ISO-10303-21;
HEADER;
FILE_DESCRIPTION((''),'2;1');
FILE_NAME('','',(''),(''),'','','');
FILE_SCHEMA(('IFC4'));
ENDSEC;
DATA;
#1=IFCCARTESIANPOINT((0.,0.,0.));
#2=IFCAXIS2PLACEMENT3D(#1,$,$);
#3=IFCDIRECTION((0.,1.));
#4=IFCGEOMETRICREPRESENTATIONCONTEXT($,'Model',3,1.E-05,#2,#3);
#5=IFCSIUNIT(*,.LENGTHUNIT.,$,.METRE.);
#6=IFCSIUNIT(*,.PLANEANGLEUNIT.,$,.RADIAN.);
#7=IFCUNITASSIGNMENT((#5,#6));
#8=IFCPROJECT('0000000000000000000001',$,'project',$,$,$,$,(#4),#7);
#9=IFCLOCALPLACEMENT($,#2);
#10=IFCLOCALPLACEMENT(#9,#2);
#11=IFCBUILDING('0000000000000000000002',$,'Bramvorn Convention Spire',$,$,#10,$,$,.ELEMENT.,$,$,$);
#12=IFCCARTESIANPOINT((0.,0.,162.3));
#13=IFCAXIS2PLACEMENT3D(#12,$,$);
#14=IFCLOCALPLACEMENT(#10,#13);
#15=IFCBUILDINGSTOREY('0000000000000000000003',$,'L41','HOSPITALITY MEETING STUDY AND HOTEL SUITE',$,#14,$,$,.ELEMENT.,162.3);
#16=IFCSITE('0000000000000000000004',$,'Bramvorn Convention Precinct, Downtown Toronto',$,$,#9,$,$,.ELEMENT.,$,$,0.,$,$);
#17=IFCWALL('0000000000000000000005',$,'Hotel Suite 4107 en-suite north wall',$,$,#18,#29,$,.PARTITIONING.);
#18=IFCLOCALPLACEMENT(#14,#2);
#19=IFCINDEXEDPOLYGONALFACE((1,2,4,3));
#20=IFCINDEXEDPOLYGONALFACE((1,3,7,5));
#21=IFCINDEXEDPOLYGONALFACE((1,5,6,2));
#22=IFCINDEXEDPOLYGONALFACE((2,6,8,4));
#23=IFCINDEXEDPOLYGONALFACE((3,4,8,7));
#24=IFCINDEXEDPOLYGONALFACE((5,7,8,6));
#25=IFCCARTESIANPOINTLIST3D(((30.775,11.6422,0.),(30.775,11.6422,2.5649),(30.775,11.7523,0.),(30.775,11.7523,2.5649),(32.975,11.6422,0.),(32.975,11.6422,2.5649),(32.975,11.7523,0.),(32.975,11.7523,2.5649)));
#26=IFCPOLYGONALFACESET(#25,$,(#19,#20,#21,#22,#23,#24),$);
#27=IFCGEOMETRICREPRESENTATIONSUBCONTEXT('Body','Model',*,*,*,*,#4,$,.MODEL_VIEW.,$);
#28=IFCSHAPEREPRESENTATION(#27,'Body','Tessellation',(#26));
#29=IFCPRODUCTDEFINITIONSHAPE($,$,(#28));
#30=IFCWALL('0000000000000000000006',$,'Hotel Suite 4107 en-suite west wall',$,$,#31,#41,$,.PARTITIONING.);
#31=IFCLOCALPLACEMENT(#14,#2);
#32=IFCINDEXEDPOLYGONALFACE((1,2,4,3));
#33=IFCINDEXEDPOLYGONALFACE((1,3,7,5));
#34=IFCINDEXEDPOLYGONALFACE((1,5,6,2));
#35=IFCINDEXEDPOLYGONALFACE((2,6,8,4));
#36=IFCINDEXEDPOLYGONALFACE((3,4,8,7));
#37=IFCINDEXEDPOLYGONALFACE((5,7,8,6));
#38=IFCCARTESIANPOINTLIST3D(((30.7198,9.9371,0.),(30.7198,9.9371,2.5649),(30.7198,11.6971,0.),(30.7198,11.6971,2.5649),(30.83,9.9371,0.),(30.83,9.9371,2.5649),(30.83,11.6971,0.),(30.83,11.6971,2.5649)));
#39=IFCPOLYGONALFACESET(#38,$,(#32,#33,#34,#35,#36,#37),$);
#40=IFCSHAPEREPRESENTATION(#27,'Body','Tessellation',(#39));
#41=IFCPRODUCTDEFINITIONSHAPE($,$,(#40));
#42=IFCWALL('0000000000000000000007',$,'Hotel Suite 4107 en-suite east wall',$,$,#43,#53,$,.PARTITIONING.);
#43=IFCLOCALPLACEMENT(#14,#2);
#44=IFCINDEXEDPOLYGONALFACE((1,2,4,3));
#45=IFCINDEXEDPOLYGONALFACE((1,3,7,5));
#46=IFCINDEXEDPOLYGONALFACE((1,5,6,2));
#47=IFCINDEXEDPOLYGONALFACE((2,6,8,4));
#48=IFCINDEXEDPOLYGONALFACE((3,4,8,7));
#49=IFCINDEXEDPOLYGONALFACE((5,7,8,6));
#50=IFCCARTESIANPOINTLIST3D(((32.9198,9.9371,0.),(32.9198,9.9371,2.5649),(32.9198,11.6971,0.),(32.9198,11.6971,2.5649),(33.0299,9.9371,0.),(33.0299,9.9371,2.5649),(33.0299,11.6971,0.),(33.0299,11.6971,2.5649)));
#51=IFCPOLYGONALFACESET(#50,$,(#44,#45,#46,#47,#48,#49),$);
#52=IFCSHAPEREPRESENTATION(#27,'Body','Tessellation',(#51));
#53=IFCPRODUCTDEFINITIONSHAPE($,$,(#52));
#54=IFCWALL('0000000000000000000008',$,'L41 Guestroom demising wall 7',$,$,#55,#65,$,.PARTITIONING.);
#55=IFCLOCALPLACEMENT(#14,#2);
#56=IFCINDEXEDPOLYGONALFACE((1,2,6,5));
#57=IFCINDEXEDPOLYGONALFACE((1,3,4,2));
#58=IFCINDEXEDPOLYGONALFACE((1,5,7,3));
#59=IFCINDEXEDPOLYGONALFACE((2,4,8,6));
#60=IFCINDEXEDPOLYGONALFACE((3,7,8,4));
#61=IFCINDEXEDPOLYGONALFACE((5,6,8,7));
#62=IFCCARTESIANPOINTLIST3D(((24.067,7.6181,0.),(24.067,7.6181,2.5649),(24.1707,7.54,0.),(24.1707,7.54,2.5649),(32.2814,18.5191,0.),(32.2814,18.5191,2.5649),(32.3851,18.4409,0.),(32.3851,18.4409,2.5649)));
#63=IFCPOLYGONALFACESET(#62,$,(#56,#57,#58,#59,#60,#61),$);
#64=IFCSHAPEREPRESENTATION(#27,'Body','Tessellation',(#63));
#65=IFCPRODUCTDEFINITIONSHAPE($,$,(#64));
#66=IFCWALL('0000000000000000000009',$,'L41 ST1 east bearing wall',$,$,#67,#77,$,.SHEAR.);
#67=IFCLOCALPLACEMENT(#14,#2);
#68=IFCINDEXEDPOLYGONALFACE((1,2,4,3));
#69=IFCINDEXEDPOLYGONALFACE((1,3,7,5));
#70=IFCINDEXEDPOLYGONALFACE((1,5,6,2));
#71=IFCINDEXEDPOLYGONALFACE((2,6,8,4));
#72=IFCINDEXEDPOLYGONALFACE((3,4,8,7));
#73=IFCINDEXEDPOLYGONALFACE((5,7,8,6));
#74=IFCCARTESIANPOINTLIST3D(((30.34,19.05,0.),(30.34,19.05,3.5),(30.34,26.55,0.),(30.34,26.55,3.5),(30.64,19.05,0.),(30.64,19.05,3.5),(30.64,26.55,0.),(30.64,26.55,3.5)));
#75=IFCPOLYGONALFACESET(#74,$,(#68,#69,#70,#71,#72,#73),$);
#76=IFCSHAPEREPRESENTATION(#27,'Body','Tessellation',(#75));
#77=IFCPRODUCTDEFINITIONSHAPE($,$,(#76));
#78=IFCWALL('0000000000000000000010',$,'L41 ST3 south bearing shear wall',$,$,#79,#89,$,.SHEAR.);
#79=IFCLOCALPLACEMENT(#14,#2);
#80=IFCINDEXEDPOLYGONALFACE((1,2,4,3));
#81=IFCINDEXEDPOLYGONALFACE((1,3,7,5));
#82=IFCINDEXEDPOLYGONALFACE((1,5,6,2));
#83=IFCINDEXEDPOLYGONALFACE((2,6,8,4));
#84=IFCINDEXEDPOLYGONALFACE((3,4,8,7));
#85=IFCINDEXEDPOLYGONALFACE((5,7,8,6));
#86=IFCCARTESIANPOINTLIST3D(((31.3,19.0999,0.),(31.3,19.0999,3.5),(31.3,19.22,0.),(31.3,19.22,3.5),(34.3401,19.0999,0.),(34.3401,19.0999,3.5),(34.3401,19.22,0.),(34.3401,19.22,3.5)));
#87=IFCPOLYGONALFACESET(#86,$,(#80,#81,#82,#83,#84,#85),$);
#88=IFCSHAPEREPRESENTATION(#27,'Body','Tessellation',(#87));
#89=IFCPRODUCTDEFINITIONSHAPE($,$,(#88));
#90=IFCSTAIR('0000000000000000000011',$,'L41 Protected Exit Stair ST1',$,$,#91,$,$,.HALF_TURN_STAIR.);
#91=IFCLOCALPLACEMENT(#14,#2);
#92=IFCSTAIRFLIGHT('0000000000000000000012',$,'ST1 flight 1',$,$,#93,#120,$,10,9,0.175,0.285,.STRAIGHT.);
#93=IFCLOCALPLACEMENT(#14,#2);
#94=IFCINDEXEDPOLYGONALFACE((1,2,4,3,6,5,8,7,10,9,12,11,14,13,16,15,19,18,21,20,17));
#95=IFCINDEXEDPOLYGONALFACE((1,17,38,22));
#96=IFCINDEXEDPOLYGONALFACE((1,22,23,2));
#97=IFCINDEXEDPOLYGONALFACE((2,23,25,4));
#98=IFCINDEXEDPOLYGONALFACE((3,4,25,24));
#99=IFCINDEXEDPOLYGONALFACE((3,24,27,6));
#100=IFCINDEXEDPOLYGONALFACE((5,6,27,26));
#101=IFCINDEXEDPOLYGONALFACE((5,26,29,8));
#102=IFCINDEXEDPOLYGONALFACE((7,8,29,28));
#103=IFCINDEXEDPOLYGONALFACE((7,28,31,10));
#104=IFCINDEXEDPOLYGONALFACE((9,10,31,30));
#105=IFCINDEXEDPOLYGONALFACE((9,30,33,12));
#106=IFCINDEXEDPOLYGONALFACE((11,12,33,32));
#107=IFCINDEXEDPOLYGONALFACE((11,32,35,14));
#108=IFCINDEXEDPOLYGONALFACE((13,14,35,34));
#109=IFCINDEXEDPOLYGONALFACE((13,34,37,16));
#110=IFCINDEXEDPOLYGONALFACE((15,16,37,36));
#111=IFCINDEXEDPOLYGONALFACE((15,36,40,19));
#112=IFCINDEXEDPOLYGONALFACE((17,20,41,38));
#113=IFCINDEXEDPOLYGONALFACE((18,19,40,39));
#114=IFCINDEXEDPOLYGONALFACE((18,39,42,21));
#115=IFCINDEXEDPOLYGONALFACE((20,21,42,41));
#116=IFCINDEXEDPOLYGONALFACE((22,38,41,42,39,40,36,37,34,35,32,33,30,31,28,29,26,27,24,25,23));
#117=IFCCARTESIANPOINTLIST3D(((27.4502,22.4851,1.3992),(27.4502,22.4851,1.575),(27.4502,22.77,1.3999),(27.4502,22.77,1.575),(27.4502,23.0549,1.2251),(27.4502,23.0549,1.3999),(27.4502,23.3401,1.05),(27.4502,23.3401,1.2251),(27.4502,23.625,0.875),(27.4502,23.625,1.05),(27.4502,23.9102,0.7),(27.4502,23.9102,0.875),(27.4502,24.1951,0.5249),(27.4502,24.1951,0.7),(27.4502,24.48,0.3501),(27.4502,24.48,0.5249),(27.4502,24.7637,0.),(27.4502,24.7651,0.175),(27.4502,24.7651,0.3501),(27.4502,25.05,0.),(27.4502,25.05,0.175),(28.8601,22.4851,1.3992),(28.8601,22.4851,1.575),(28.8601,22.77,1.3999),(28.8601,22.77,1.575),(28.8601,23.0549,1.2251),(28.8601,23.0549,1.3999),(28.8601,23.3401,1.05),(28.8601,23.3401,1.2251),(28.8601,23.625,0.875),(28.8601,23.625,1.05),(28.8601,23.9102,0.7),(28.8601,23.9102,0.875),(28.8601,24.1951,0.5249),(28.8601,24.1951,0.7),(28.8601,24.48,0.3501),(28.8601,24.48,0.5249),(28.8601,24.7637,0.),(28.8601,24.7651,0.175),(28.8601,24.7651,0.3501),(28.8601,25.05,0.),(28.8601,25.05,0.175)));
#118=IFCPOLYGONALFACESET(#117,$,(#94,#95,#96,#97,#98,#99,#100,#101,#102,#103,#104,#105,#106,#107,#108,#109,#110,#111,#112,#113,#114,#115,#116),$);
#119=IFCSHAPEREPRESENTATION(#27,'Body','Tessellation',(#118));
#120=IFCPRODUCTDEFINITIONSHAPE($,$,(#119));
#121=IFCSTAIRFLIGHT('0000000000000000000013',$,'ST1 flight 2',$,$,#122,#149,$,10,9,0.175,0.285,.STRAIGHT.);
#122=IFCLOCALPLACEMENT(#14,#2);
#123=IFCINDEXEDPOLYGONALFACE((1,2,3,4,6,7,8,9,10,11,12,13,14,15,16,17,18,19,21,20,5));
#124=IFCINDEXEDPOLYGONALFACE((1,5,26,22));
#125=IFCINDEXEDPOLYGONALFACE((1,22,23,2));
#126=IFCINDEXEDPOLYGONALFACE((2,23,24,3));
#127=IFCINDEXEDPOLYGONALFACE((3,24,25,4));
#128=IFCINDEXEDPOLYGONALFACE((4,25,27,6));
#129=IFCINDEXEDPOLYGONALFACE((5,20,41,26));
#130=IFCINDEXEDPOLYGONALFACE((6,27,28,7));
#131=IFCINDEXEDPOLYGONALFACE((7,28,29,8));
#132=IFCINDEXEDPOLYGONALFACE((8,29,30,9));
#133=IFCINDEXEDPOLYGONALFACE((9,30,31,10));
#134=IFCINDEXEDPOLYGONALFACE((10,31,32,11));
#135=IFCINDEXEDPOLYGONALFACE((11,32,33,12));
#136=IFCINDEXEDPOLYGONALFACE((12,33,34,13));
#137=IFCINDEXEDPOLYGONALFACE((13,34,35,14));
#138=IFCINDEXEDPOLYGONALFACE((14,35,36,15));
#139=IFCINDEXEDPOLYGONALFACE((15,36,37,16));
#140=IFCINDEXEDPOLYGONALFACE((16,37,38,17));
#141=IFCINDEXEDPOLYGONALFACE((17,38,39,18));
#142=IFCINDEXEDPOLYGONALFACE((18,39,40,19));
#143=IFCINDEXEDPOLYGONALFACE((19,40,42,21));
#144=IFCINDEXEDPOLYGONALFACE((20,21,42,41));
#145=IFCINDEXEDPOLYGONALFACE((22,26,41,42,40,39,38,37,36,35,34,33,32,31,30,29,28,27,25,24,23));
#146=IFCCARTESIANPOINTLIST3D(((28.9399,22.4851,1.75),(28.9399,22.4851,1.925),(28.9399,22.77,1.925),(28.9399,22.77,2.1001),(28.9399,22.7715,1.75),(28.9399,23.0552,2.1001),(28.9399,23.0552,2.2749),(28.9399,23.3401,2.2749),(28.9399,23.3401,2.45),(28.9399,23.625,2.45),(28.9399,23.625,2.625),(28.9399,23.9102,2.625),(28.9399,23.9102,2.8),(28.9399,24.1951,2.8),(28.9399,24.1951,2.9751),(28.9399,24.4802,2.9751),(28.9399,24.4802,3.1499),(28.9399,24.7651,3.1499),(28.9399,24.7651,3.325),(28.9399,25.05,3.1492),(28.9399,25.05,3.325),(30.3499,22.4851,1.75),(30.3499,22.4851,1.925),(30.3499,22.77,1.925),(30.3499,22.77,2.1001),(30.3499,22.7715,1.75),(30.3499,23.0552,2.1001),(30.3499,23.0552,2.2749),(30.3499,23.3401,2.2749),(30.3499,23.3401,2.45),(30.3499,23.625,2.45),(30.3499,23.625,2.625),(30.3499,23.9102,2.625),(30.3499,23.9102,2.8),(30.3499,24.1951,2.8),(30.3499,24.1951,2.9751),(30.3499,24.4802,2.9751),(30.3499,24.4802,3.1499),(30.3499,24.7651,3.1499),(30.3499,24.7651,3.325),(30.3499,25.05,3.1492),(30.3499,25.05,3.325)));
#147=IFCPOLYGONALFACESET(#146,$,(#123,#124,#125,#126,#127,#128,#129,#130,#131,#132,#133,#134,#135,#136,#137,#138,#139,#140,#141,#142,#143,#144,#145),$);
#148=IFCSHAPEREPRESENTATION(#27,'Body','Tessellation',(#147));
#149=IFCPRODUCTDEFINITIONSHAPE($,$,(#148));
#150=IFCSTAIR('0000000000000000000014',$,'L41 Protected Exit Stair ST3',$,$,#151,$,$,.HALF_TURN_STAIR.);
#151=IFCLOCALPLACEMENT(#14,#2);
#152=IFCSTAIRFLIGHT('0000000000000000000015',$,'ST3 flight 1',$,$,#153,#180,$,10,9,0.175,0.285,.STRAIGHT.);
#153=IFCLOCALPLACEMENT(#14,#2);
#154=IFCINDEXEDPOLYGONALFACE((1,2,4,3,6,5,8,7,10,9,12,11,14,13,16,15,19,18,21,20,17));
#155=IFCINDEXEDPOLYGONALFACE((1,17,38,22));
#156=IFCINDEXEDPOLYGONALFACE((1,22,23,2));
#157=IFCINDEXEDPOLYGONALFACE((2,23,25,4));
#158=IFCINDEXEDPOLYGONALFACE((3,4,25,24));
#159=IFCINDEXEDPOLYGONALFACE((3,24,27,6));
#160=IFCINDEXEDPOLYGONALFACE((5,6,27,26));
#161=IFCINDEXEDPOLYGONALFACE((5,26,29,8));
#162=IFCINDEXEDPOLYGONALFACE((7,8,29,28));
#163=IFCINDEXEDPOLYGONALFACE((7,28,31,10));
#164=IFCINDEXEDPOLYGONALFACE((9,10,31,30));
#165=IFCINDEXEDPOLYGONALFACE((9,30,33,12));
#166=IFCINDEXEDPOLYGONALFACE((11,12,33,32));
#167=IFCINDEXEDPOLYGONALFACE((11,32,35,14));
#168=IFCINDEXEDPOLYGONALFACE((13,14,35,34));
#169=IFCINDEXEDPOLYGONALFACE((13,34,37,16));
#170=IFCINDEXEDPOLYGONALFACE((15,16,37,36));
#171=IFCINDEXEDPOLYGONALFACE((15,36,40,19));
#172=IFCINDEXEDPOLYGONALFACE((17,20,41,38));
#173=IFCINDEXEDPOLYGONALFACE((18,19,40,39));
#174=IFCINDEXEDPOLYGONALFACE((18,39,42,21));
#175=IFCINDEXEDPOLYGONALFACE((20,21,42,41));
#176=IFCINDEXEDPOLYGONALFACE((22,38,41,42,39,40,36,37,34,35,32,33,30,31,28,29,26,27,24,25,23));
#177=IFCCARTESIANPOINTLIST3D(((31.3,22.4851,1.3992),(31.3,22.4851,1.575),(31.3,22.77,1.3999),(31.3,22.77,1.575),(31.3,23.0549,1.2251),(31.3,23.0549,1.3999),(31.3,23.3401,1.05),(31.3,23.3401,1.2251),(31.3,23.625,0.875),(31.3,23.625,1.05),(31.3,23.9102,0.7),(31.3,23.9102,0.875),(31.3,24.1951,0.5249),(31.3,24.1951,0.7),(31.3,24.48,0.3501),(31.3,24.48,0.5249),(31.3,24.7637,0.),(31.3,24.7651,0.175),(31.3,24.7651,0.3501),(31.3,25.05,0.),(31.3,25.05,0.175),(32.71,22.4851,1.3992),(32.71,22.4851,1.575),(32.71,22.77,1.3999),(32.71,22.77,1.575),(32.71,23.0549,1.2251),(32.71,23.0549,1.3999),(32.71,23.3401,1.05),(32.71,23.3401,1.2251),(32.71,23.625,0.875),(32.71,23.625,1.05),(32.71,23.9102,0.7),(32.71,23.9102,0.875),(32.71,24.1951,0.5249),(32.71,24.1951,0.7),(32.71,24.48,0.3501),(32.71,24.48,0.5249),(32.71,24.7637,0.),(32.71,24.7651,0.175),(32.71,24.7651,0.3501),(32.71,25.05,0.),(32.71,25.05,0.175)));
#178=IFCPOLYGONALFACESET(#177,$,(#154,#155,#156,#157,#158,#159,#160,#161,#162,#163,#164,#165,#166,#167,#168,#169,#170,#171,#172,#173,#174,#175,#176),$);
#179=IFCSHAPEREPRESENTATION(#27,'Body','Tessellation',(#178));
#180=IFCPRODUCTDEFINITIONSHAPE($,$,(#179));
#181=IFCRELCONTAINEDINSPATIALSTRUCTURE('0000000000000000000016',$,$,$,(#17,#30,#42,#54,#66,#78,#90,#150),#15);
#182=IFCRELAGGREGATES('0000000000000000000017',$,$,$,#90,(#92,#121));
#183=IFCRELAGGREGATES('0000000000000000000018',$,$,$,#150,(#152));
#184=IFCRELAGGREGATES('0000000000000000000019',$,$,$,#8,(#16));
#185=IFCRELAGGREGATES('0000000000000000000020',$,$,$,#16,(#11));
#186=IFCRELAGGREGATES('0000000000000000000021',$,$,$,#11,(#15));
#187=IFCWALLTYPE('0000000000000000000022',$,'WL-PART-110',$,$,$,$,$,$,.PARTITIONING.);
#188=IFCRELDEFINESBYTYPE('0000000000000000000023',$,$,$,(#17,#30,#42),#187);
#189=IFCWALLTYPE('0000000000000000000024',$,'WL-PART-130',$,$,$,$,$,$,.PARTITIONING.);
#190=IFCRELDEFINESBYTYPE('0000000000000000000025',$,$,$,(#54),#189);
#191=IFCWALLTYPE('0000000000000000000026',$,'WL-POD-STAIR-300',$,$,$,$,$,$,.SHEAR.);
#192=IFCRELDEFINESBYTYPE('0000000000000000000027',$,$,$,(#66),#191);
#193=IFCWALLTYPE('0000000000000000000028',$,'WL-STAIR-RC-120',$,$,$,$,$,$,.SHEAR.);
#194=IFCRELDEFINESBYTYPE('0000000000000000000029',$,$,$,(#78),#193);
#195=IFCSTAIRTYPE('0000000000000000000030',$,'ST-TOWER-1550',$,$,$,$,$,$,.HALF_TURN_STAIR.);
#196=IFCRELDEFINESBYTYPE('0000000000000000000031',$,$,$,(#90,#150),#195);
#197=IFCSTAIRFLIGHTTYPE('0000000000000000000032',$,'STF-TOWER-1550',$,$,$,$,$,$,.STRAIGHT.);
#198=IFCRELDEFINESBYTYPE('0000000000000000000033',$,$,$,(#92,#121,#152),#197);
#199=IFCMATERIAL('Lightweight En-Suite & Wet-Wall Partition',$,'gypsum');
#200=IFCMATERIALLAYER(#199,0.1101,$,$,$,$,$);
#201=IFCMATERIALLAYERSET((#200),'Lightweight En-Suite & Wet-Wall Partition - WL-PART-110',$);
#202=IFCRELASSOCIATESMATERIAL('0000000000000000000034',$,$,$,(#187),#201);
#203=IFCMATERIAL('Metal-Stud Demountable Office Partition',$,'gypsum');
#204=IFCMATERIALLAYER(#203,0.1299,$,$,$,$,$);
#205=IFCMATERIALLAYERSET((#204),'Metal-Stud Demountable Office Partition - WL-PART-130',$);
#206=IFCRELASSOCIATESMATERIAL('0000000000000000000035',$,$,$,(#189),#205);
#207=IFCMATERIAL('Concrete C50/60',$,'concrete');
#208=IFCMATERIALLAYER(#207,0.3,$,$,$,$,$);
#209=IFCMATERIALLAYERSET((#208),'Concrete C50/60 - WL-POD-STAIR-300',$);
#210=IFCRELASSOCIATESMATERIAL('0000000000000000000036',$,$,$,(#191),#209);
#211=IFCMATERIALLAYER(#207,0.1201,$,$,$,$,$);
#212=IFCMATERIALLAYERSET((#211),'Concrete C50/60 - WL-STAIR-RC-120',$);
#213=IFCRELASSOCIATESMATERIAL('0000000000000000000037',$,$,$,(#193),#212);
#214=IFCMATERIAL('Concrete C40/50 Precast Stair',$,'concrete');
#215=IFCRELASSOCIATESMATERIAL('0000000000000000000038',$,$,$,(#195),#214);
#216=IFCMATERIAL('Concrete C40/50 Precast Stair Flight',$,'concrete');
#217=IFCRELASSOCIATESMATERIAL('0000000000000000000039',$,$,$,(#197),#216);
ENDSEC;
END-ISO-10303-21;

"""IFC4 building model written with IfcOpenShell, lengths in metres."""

from ifc_helpers import new_model, si_unit, direction, frame, frame_2d, origin, place, context, subcontext, project, spatial, polyline, rectangle, outline, extrude, material, layer, layer_set, type_object, element, aggregate, save


model = new_model("IFC4")

# Units and contexts
model_context = context("Model", 3, precision=1e-05, world=origin(), true_north=direction((0.0, 1.0)))
body_context = subcontext(model_context, "Body", "Model", "MODEL_VIEW")
ifc_project = project(units=[si_unit("LENGTHUNIT", "METRE"), si_unit("PLANEANGLEUNIT", "RADIAN")], contexts=[model_context])

# Site, building, storey
site_placement = place(None, origin())
site = spatial("IfcSite", under=ifc_project, at=site_placement, Name="Bramvorn Convention Precinct, Downtown Toronto", CompositionType="ELEMENT", RefElevation=0.0)
building_placement = place(site_placement, origin())
building = spatial("IfcBuilding", under=site, at=building_placement, Name="Bramvorn Convention Spire", CompositionType="ELEMENT")
storey_placement = place(building_placement, frame((0.0, 0.0, 162.3)))
storey = spatial("IfcBuildingStorey", under=building, at=storey_placement, Name="L41", Description="HOSPITALITY MEETING STUDY AND HOTEL SUITE", CompositionType="ELEMENT", Elevation=162.3)

# Shared definitions
ifc_material_1 = material(Name="Lightweight En-Suite & Wet-Wall Partition", Category="gypsum")
ifc_layer_1 = layer(ifc_material_1, 0.1101)
ifc_layer_set_1 = layer_set([ifc_layer_1], Name="Lightweight En-Suite & Wet-Wall Partition - WL-PART-110")
wall_type_1 = type_object("IfcWallType", Name="WL-PART-110", PredefinedType="PARTITIONING", material=ifc_layer_set_1)

# Walls
wall_1_placement = place(storey_placement, frame((30.7749, 11.6973, 0.0), z_axis=(0.0, 0.0, 1.0), x_axis=(1.0, 0.0, 0.0)))
element("IfcWall", 1, at=wall_1_placement, inside=storey, type_object=wall_type_1, Name="Hotel Suite 4107 en-suite north wall", PredefinedType="PARTITIONING", context=body_context, shape_type="SweptSolid", body=[
    extrude(rectangle(XDim=2.2, YDim=0.1101, at=frame_2d((1.1001, 0.0))), origin(), (0.0, 0.0, 1.0), 2.5649),
])
for number, where, z_axis, x_axis, name in (
    (2, (30.7749, 9.9373, 0.0), (0.0, 0.0, 1.0), (0.0, 1.0, 0.0), "Hotel Suite 4107 en-suite west wall"),
    (3, (32.9749, 9.9373, 0.0), (0.0, 0.0, 1.0), (0.0, 1.0, 0.0), "Hotel Suite 4107 en-suite east wall"),
):
    element("IfcWall", number, at=place(storey_placement, frame(where, z_axis=z_axis, x_axis=x_axis)), inside=storey, type_object=wall_type_1, Name=name, PredefinedType="PARTITIONING", context=body_context, shape_type="SweptSolid", body=[
        extrude(rectangle(XDim=1.76, YDim=0.1101, at=frame_2d((0.8799, 0.0))), origin(), (0.0, 0.0, 1.0), 2.5649),
    ])
ifc_material_2 = material(Name="Metal-Stud Demountable Office Partition", Category="gypsum")
ifc_layer_2 = layer(ifc_material_2, 0.1299)
ifc_layer_set_2 = layer_set([ifc_layer_2], Name="Metal-Stud Demountable Office Partition - WL-PART-130")
wall_type_2 = type_object("IfcWallType", Name="WL-PART-130", PredefinedType="PARTITIONING", material=ifc_layer_set_2)
wall_2_placement = place(storey_placement, frame((32.3333, 18.48, 0.0), z_axis=(0.0, 0.0, 1.0), x_axis=(-0.601813, -0.798637, 0.0)))
element("IfcWall", 4, at=wall_2_placement, inside=storey, type_object=wall_type_2, Name="L41 Guestroom demising wall 7", PredefinedType="PARTITIONING", context=body_context, shape_type="SweptSolid", body=[
    extrude(rectangle(XDim=13.6494, YDim=0.1299, at=frame_2d((6.8247, 0.0))), origin(), (0.0, 0.0, 1.0), 2.5649),
])
ifc_material_3 = material(Name="Concrete C50/60", Category="concrete")
ifc_layer_3 = layer(ifc_material_3, 0.3)
ifc_layer_set_3 = layer_set([ifc_layer_3], Name="Concrete C50/60 - WL-POD-STAIR-300")
wall_type_3 = type_object("IfcWallType", Name="WL-POD-STAIR-300", PredefinedType="SHEAR", material=ifc_layer_set_3)
wall_3_placement = place(storey_placement, frame((30.49, 19.05, 0.0), z_axis=(0.0, 0.0, 1.0), x_axis=(0.0, 1.0, 0.0)))
element("IfcWall", 5, at=wall_3_placement, inside=storey, type_object=wall_type_3, Name="L41 ST1 east bearing wall", PredefinedType="SHEAR", context=body_context, shape_type="SweptSolid", body=[
    extrude(rectangle(XDim=7.5, YDim=0.3, at=frame_2d((3.75, 0.0))), origin(), (0.0, 0.0, 1.0), 3.5),
])
ifc_layer_4 = layer(ifc_material_3, 0.1201)
ifc_layer_set_4 = layer_set([ifc_layer_4], Name="Concrete C50/60 - WL-STAIR-RC-120")
wall_type_4 = type_object("IfcWallType", Name="WL-STAIR-RC-120", PredefinedType="SHEAR", material=ifc_layer_set_4)
wall_4_placement = place(storey_placement, frame((31.3, 19.1599, 0.0), z_axis=(0.0, 0.0, 1.0), x_axis=(1.0, 0.0, 0.0)))
element("IfcWall", 6, at=wall_4_placement, inside=storey, type_object=wall_type_4, Name="L41 ST3 south bearing shear wall", PredefinedType="SHEAR", context=body_context, shape_type="SweptSolid", body=[
    extrude(rectangle(XDim=3.04, YDim=0.1201, at=frame_2d((1.52, 0.0))), origin(), (0.0, 0.0, 1.0), 3.5),
])

# Stairs, stair flights
ifc_material_4 = material(Name="Concrete C40/50 Precast Stair", Category="concrete")
stair_type = type_object("IfcStairType", Name="ST-TOWER-1550", PredefinedType="HALF_TURN_STAIR", material=ifc_material_4)
stair_1_placement = place(storey_placement, origin())
stair_1 = element("IfcStair", 7, at=stair_1_placement, inside=storey, type_object=stair_type, Name="L41 Protected Exit Stair ST1", PredefinedType="HALF_TURN_STAIR")
ifc_material_5 = material(Name="Concrete C40/50 Precast Stair Flight", Category="concrete")
stair_flight_type = type_object("IfcStairFlightType", Name="STF-TOWER-1550", PredefinedType="STRAIGHT", material=ifc_material_5)
stair_flight_1_placement = place(storey_placement, frame((28.155, 25.05, 0.0), z_axis=(0.0, 0.0, 1.0), x_axis=(0.0, -1.0, 0.0)))
stair_flight_1 = element("IfcStairFlight", 8, at=stair_flight_1_placement, type_object=stair_flight_type, Name="ST1 flight 1", NumberOfRisers=10, NumberOfTreads=9, PredefinedType="STRAIGHT", RiserHeight=0.175, TreadLength=0.285, context=body_context, shape_type="SweptSolid", body=[
    extrude(outline(polyline([(0.0, 0.0), (0.0, 0.175), (0.2849, 0.175), (0.2849, 0.3501), (0.5701, 0.3501), (0.5701, 0.5249), (0.855, 0.5249), (0.855, 0.7), (1.1399, 0.7), (1.1399, 0.875), (1.425, 0.875), (1.425, 1.05), (1.71, 1.05), (1.71, 1.2251), (1.9951, 1.2251), (1.9951, 1.3999), (2.28, 1.3999), (2.28, 1.575), (2.5649, 1.575), (2.5649, 1.75), (2.5649, 1.3992), (0.2864, 0.0), (0.0, 0.0)])), frame((0.0, 0.7051, 0.0), z_axis=(0.0, -1.0, 0.0), x_axis=(1.0, 0.0, 0.0)), (0.0, 0.0, 1.0), 1.4099),
])
stair_flight_2_placement = place(storey_placement, frame((29.645, 22.4851, 1.75), z_axis=(0.0, 0.0, 1.0), x_axis=(0.0, 1.0, 0.0)))
stair_flight_2 = element("IfcStairFlight", 9, at=stair_flight_2_placement, type_object=stair_flight_type, Name="ST1 flight 2", NumberOfRisers=10, NumberOfTreads=9, PredefinedType="STRAIGHT", RiserHeight=0.175, TreadLength=0.285, context=body_context, shape_type="SweptSolid", body=[
    extrude(outline(polyline([(0.0, 0.0), (0.0, 0.175), (0.2849, 0.175), (0.2849, 0.3501), (0.5701, 0.3501), (0.5701, 0.5249), (0.855, 0.5249), (0.855, 0.7), (1.1399, 0.7), (1.1399, 0.875), (1.425, 0.875), (1.425, 1.05), (1.71, 1.05), (1.71, 1.2251), (1.9951, 1.2251), (1.9951, 1.3999), (2.28, 1.3999), (2.28, 1.575), (2.5649, 1.575), (2.5649, 1.75), (2.5649, 1.3992), (0.2864, 0.0), (0.0, 0.0)])), frame((0.0, 0.7051, 0.0), z_axis=(0.0, -1.0, 0.0), x_axis=(1.0, 0.0, 0.0)), (0.0, 0.0, 1.0), 1.4099),
])
aggregate(stair_1, [stair_flight_1, stair_flight_2])
stair_2_placement = place(storey_placement, origin())
stair_2 = element("IfcStair", 10, at=stair_2_placement, inside=storey, type_object=stair_type, Name="L41 Protected Exit Stair ST3", PredefinedType="HALF_TURN_STAIR")
stair_flight_3_placement = place(storey_placement, frame((32.0049, 25.05, 0.0), z_axis=(0.0, 0.0, 1.0), x_axis=(0.0, -1.0, 0.0)))
stair_flight_3 = element("IfcStairFlight", 11, at=stair_flight_3_placement, type_object=stair_flight_type, Name="ST3 flight 1", NumberOfRisers=10, NumberOfTreads=9, PredefinedType="STRAIGHT", RiserHeight=0.175, TreadLength=0.285, context=body_context, shape_type="SweptSolid", body=[
    extrude(outline(polyline([(0.0, 0.0), (0.0, 0.175), (0.2849, 0.175), (0.2849, 0.3501), (0.5701, 0.3501), (0.5701, 0.5249), (0.855, 0.5249), (0.855, 0.7), (1.1399, 0.7), (1.1399, 0.875), (1.425, 0.875), (1.425, 1.05), (1.71, 1.05), (1.71, 1.2251), (1.9951, 1.2251), (1.9951, 1.3999), (2.28, 1.3999), (2.28, 1.575), (2.5649, 1.575), (2.5649, 1.75), (2.5649, 1.3992), (0.2864, 0.0), (0.0, 0.0)])), frame((0.0, 0.7051, 0.0), z_axis=(0.0, -1.0, 0.0), x_axis=(1.0, 0.0, 0.0)), (0.0, 0.0, 1.0), 1.4099),
])
aggregate(stair_2, [stair_flight_3])

save(model, "model.ifc")
